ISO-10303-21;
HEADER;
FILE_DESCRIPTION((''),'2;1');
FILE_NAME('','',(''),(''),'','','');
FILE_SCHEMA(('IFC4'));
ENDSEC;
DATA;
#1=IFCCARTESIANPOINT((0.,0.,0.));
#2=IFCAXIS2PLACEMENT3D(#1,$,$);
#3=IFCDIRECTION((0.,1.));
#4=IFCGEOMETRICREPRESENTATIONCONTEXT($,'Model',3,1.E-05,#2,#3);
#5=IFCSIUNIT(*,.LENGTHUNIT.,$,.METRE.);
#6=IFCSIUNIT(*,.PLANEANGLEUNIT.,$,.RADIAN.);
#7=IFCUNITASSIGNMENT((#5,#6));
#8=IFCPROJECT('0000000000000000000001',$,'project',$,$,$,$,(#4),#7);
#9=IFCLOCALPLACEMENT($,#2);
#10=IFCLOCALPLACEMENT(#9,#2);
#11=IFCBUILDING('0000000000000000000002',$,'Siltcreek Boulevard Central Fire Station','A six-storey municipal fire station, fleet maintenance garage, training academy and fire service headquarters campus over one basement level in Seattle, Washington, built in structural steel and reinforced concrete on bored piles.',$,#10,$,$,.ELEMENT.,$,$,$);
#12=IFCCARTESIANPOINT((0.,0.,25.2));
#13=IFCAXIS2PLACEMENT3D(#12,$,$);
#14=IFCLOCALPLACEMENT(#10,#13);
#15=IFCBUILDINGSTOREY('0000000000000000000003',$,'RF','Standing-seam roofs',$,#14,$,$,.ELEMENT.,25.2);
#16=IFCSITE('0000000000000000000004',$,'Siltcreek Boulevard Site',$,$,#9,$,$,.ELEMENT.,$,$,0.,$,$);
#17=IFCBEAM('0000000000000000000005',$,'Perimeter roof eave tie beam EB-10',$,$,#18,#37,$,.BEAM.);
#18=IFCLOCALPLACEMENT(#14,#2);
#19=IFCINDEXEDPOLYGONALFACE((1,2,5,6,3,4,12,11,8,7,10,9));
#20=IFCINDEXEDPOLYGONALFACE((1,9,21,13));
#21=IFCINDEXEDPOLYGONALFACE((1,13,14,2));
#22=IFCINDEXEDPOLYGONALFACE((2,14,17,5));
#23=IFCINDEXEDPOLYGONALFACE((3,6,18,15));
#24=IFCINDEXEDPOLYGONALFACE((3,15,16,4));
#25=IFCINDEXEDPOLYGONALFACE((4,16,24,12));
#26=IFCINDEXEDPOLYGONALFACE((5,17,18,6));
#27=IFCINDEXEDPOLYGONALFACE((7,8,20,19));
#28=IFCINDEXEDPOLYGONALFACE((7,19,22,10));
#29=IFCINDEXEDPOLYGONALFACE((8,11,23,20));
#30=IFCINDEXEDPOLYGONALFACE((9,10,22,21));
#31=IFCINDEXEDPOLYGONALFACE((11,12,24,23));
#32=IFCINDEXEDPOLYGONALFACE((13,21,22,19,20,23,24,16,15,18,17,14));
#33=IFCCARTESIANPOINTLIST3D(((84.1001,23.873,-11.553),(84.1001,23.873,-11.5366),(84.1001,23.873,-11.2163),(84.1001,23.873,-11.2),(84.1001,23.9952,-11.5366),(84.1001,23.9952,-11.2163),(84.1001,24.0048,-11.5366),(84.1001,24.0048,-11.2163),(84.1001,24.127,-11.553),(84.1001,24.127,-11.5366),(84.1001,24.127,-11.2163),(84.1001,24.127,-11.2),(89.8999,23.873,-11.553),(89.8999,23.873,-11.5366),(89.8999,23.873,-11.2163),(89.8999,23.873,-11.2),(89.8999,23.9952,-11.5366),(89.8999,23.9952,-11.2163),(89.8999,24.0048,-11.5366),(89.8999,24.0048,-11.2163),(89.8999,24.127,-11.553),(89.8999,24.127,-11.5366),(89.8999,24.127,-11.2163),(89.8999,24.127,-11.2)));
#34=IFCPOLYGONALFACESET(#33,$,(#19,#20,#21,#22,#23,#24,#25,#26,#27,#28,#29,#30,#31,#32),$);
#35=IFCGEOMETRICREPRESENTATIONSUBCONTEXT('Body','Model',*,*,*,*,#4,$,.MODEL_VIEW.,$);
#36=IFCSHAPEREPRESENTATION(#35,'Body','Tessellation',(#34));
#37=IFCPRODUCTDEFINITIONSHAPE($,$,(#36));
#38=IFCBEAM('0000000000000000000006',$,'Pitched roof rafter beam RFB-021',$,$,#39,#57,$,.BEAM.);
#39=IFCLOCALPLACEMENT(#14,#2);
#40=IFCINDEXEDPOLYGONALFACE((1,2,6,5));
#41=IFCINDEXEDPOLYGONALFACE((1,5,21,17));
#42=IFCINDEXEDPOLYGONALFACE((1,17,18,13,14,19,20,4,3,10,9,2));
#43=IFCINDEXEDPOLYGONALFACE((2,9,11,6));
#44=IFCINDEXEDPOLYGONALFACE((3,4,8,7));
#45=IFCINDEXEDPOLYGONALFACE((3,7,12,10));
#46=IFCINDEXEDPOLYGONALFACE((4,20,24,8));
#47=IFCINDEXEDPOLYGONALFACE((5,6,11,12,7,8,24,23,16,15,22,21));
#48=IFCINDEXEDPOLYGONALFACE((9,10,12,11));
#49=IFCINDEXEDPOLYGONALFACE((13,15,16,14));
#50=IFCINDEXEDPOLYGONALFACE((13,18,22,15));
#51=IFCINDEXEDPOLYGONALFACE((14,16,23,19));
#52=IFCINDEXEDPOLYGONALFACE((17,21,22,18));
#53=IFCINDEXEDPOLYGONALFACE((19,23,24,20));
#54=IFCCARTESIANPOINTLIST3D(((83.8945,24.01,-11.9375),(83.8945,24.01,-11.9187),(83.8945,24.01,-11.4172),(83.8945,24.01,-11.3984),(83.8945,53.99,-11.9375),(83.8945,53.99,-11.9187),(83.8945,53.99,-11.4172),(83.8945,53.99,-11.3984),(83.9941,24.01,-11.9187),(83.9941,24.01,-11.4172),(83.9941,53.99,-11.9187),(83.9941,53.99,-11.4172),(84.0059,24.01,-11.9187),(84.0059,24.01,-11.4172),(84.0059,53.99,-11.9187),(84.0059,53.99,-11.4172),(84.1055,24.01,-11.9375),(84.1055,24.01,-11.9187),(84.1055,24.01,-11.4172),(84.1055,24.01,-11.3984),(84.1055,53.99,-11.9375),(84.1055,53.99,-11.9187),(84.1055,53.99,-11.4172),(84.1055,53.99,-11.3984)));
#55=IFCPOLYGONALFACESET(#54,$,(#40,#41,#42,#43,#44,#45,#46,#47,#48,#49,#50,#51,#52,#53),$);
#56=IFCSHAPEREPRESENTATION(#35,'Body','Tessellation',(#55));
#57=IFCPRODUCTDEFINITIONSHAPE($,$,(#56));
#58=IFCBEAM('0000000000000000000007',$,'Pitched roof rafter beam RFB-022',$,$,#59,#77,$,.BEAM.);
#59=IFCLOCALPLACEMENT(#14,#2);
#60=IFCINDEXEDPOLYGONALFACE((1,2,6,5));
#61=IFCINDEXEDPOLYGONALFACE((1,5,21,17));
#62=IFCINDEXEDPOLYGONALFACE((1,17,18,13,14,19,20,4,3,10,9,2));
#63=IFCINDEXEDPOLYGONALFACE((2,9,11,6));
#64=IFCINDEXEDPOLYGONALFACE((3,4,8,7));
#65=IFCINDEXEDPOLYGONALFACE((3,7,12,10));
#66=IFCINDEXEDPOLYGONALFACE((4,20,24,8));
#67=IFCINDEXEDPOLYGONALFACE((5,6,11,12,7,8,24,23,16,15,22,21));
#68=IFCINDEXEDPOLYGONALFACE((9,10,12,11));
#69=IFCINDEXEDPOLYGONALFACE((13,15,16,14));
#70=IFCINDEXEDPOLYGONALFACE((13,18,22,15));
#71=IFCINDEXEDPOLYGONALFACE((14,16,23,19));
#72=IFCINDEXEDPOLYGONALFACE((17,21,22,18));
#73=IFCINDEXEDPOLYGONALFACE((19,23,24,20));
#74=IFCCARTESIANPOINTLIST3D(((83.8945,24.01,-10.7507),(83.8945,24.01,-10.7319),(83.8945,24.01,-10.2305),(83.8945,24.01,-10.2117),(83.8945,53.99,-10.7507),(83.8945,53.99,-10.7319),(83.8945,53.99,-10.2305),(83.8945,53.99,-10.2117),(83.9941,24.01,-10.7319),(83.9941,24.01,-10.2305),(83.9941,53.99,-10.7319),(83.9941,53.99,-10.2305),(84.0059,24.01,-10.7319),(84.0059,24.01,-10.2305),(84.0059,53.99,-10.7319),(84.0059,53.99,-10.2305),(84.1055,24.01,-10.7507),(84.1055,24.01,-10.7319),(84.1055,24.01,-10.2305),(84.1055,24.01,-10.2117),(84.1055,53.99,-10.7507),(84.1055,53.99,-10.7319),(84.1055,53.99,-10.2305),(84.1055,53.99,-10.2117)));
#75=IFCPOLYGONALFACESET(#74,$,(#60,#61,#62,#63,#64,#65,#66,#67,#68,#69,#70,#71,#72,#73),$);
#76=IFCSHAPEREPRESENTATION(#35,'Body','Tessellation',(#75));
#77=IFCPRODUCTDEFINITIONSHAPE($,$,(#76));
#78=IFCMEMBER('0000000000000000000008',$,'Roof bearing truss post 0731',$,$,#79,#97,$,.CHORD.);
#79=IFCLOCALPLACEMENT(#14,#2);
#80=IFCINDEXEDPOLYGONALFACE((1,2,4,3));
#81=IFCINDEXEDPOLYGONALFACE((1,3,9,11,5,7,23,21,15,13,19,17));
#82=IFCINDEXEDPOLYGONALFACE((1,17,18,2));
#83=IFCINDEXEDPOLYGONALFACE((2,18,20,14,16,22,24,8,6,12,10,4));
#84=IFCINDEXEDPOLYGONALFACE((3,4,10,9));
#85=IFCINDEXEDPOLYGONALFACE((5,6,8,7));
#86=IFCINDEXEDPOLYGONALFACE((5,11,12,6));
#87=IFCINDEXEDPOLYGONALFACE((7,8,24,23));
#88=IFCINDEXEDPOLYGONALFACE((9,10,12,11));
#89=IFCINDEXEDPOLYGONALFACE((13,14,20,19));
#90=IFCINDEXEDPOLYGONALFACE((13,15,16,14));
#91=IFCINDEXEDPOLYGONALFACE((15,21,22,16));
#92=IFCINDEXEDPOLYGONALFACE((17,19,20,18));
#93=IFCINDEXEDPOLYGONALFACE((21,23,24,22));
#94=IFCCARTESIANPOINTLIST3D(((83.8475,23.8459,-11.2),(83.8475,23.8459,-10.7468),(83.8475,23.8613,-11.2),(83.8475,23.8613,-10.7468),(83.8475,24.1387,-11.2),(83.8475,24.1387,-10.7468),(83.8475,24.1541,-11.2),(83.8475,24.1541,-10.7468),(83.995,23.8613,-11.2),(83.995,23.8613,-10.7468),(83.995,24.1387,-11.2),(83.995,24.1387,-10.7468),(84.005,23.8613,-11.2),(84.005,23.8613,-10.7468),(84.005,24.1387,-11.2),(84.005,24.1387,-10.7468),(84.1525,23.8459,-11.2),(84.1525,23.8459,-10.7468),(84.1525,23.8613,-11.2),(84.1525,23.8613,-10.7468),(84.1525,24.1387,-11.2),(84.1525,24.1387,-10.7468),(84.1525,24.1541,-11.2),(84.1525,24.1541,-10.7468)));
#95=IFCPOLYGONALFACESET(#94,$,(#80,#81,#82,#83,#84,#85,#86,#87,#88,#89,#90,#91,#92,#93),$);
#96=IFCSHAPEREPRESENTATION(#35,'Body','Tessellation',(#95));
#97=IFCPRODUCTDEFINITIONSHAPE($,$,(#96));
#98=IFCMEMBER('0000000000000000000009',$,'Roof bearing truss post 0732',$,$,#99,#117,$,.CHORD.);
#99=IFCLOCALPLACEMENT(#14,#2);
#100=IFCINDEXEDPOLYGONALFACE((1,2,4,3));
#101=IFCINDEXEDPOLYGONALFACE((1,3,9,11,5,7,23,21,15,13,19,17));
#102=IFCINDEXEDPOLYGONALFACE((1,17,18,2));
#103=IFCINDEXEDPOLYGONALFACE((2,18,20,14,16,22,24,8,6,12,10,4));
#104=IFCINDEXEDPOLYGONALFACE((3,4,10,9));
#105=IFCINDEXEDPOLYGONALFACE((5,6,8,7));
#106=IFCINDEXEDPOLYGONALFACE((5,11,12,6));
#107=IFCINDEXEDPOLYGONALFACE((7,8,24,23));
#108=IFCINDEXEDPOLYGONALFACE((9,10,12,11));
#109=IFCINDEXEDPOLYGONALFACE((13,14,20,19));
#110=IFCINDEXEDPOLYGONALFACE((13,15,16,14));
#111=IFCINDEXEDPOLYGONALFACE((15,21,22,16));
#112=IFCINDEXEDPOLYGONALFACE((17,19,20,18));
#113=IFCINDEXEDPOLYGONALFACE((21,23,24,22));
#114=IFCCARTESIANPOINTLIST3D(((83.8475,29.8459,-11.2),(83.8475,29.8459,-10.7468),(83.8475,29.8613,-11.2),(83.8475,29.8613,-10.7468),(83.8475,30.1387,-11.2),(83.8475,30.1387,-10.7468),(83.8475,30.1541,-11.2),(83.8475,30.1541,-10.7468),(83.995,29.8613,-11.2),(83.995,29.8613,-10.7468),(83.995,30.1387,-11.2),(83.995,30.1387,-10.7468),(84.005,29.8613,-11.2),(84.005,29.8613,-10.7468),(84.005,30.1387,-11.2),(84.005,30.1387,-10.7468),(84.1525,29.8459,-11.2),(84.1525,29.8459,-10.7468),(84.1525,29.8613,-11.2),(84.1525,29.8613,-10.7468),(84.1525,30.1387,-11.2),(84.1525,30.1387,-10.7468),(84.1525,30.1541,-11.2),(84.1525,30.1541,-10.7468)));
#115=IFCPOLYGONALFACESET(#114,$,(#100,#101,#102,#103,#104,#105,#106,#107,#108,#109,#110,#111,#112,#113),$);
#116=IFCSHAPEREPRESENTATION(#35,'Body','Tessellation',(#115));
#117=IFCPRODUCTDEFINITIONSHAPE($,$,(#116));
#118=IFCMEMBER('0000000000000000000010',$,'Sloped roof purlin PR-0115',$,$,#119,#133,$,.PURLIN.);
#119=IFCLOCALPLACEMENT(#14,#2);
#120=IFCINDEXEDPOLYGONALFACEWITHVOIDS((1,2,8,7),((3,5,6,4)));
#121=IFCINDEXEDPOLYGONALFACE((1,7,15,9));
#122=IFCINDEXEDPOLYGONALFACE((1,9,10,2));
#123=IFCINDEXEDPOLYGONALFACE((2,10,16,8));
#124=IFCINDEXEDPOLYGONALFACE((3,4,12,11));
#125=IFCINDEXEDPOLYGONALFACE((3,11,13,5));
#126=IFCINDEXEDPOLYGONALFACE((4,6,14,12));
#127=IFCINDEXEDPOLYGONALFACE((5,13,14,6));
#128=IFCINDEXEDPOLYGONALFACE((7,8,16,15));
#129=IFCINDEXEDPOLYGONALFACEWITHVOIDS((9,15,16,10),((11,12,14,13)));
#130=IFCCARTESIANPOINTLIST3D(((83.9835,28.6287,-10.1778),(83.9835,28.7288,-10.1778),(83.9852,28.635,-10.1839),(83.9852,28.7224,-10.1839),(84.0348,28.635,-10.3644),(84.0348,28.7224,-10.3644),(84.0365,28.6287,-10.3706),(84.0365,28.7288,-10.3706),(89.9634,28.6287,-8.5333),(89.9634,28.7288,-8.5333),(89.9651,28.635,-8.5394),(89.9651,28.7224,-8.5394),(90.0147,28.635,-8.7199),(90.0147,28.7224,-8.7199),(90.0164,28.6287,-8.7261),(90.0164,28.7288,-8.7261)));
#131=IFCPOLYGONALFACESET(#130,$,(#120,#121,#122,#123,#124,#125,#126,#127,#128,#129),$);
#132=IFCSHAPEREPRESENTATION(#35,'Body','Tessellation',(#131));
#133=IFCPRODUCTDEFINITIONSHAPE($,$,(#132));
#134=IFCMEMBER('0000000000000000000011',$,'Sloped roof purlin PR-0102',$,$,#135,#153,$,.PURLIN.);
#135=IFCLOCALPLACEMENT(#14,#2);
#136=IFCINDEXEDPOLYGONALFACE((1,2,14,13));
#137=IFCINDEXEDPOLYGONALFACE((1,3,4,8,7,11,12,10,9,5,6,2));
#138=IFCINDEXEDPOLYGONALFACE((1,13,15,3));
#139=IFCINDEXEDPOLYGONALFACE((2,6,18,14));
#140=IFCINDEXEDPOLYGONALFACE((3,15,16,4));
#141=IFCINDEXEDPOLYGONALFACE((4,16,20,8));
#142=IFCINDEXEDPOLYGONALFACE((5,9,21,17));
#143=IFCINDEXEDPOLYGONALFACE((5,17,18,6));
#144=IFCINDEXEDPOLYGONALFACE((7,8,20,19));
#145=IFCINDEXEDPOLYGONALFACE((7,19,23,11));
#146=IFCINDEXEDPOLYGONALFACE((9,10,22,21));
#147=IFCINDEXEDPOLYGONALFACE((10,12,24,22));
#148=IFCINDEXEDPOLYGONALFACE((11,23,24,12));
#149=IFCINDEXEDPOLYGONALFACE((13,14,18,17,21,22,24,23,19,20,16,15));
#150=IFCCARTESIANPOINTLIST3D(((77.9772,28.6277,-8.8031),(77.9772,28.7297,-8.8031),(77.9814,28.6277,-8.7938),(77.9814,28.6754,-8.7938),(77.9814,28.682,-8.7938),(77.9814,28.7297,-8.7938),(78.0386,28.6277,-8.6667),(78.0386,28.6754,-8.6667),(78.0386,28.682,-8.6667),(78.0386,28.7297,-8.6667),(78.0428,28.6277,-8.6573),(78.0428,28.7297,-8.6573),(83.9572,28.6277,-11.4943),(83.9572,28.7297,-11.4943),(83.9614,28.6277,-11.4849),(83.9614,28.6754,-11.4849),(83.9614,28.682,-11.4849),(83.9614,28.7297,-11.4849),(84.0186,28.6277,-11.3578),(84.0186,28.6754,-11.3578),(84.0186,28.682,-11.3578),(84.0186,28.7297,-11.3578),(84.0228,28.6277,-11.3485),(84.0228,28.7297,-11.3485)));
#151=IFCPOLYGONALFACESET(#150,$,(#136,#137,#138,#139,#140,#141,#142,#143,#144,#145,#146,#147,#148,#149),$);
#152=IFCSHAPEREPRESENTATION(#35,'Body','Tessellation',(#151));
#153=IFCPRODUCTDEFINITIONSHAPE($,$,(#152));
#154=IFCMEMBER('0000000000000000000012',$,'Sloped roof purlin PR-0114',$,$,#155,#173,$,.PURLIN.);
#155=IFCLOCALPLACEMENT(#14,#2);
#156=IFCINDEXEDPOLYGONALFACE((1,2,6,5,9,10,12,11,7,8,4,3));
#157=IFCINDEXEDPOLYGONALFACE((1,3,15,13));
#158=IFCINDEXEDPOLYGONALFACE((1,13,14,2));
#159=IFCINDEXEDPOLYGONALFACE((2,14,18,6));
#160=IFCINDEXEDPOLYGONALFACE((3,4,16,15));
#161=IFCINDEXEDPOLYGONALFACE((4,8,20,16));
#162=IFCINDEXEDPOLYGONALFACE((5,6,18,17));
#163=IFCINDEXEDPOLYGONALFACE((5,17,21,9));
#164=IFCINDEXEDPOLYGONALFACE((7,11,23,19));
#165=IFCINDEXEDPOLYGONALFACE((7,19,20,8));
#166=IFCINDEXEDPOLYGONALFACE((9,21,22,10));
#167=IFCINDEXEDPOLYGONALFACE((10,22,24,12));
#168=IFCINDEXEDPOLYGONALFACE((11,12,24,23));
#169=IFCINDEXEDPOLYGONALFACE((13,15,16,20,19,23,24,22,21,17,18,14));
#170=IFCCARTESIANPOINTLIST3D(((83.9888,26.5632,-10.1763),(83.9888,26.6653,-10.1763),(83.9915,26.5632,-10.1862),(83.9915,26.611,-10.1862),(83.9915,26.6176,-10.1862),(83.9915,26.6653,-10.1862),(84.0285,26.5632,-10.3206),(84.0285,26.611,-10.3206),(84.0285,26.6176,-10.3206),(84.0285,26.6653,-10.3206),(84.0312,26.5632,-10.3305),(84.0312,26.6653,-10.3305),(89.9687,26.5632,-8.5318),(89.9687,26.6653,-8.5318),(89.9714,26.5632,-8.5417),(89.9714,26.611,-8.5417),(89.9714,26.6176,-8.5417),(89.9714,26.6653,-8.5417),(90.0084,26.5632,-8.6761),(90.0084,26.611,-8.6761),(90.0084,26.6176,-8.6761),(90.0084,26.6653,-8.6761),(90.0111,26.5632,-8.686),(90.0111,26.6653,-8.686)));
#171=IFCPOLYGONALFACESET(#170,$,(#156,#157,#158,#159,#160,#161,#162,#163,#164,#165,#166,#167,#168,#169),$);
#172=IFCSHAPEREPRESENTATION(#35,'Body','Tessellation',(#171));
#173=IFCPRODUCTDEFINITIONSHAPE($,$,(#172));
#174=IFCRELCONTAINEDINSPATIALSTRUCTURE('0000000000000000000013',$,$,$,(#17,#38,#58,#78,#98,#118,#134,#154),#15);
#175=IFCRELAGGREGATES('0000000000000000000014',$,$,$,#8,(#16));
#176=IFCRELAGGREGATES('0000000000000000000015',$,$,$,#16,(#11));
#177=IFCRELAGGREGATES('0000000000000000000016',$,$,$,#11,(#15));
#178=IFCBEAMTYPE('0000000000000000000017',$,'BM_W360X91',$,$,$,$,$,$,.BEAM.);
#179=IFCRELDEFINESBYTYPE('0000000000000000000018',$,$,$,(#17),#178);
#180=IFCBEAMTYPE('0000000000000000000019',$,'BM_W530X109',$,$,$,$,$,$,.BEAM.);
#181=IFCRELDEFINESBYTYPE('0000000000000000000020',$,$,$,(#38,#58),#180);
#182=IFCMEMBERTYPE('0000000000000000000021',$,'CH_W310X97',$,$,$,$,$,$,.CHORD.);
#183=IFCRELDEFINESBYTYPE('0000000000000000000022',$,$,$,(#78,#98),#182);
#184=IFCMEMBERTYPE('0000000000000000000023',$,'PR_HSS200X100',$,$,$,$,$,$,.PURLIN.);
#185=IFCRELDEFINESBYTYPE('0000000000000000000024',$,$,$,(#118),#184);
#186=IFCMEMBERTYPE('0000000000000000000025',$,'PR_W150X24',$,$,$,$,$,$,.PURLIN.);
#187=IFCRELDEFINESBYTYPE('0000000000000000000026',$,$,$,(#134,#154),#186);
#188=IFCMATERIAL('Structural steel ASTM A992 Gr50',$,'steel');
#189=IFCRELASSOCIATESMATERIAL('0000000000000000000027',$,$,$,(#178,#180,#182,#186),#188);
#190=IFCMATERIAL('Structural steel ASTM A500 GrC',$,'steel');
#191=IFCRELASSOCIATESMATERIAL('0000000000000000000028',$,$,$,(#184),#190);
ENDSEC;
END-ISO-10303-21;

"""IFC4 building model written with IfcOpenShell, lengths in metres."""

from ifc_helpers import new_model, si_unit, direction, frame, origin, origin_2d, place, context, subcontext, project, spatial, hollow_rectangle, i_section, extrude, material, material_profile, profile_set, type_object, element, save


model = new_model("IFC4")

# Units and contexts
model_context = context("Model", 3, precision=1e-05, world=origin(), true_north=direction((0.0, 1.0)))
body_context = subcontext(model_context, "Body", "Model", "MODEL_VIEW")
ifc_project = project(units=[si_unit("LENGTHUNIT", "METRE"), si_unit("PLANEANGLEUNIT", "RADIAN")], contexts=[model_context])

# Site, building, storey
site_placement = place(None, origin())
site = spatial("IfcSite", under=ifc_project, at=site_placement, Name="Siltcreek Boulevard Site", CompositionType="ELEMENT", RefElevation=0.0)
building_placement = place(site_placement, origin())
building = spatial("IfcBuilding", under=site, at=building_placement, Name="Siltcreek Boulevard Central Fire Station", Description="A six-storey municipal fire station, fleet maintenance garage, training academy and fire service headquarters campus over one basement level in Seattle, Washington, built in structural steel and reinforced concrete on bored piles.", CompositionType="ELEMENT")
storey_placement = place(building_placement, frame((0.0, 0.0, 25.2)))
storey = spatial("IfcBuildingStorey", under=building, at=storey_placement, Name="RF", Description="Standing-seam roofs", CompositionType="ELEMENT", Elevation=25.2)

# Beams
ifc_material_1 = material(Name="Structural steel ASTM A992 Gr50", Category="steel")
ifc_material_profile_1 = material_profile(ifc_material_1, i_section(OverallWidth=0.2539, OverallDepth=0.353, WebThickness=0.0095, FlangeThickness=0.0164, at=origin_2d()), Name="W360X91")
ifc_profile_set_1 = profile_set([ifc_material_profile_1], Name="Structural steel ASTM A992 Gr50")
beam_type_1 = type_object("IfcBeamType", Name="BM_W360X91", PredefinedType="BEAM", material=ifc_profile_set_1)
beam_placement = place(storey_placement, frame((84.1001, 24.0, -11.3765), z_axis=(1.0, 0.0, 0.0), x_axis=(0.0, 1.0, 0.0)))
element("IfcBeam", 1, at=beam_placement, inside=storey, type_object=beam_type_1, Name="Perimeter roof eave tie beam EB-10", PredefinedType="BEAM", context=body_context, shape_type="SweptSolid", body=[
    extrude(i_section(OverallWidth=0.2539, OverallDepth=0.353, WebThickness=0.0095, FlangeThickness=0.0164, at=origin_2d()), origin(), (0.0, 0.0, 1.0), 5.7998),
])
ifc_material_profile_2 = material_profile(ifc_material_1, i_section(OverallWidth=0.2109, OverallDepth=0.5391, WebThickness=0.0117, FlangeThickness=0.0188, at=origin_2d()), Name="W530X109")
ifc_profile_set_2 = profile_set([ifc_material_profile_2], Name="Structural steel ASTM A992 Gr50")
beam_type_2 = type_object("IfcBeamType", Name="BM_W530X109", PredefinedType="BEAM", material=ifc_profile_set_2)
for number, where, z_axis, x_axis, name in (
    (2, (84.0, 24.01, -11.668), (0.0, 1.0, 0.0), (-1.0, 0.0, 0.0), "Pitched roof rafter beam RFB-021"),
    (3, (84.0, 24.01, -10.4812), (0.0, 1.0, 0.0), (-1.0, 0.0, 0.0), "Pitched roof rafter beam RFB-022"),
):
    element("IfcBeam", number, at=place(storey_placement, frame(where, z_axis=z_axis, x_axis=x_axis)), inside=storey, type_object=beam_type_2, Name=name, PredefinedType="BEAM", context=body_context, shape_type="SweptSolid", body=[
        extrude(i_section(OverallWidth=0.2109, OverallDepth=0.5391, WebThickness=0.0117, FlangeThickness=0.0188, at=origin_2d()), origin(), (0.0, 0.0, 1.0), 29.98),
    ])

# Members
ifc_material_profile_3 = material_profile(ifc_material_1, i_section(OverallWidth=0.3049, OverallDepth=0.3081, WebThickness=0.01, FlangeThickness=0.0154, at=origin_2d()), Name="W310X97")
ifc_profile_set_3 = profile_set([ifc_material_profile_3], Name="Structural steel ASTM A992 Gr50")
member_type_1 = type_object("IfcMemberType", Name="CH_W310X97", PredefinedType="CHORD", material=ifc_profile_set_3)
for number, where, z_axis, x_axis, name in (
    (4, (84.0, 24.0, -11.2), (0.0, 0.0, 1.0), (1.0, 0.0, 0.0), "Roof bearing truss post 0731"),
    (5, (84.0, 30.0, -11.2), (0.0, 0.0, 1.0), (1.0, 0.0, 0.0), "Roof bearing truss post 0732"),
):
    element("IfcMember", number, at=place(storey_placement, frame(where, z_axis=z_axis, x_axis=x_axis)), inside=storey, type_object=member_type_1, Name=name, PredefinedType="CHORD", context=body_context, shape_type="SweptSolid", body=[
        extrude(i_section(OverallWidth=0.3049, OverallDepth=0.3081, WebThickness=0.01, FlangeThickness=0.0154, at=origin_2d()), origin(), (0.0, 0.0, 1.0), 0.4531),
    ])
ifc_material_2 = material(Name="Structural steel ASTM A500 GrC", Category="steel")
ifc_material_profile_4 = material_profile(ifc_material_2, hollow_rectangle(XDim=0.1001, YDim=0.2, WallThickness=0.0063, at=origin_2d()), Name="HSS200X100X6.4")
ifc_profile_set_4 = profile_set([ifc_material_profile_4], Name="Structural steel ASTM A500 GrC")
member_type_2 = type_object("IfcMemberType", Name="PR_HSS200X100", PredefinedType="PURLIN", material=ifc_profile_set_4)
member_1_placement = place(storey_placement, frame((84.01, 28.6787, -10.2742), z_axis=(0.964204, 0.0, 0.265162), x_axis=(0.0, 1.0, 0.0)))
element("IfcMember", 6, at=member_1_placement, inside=storey, type_object=member_type_2, Name="Sloped roof purlin PR-0115", PredefinedType="PURLIN", context=body_context, shape_type="SweptSolid", body=[
    extrude(hollow_rectangle(XDim=0.1001, YDim=0.2, WallThickness=0.0063, at=origin_2d()), origin(), (0.0, 0.0, 1.0), 6.2019),
])
ifc_material_profile_5 = material_profile(ifc_material_1, i_section(OverallWidth=0.1021, OverallDepth=0.1599, WebThickness=0.0066, FlangeThickness=0.0103, at=origin_2d()), Name="W150X24")
ifc_profile_set_5 = profile_set([ifc_material_profile_5], Name="Structural steel ASTM A992 Gr50")
member_type_3 = type_object("IfcMemberType", Name="PR_W150X24", PredefinedType="PURLIN", material=ifc_profile_set_5)
member_2_placement = place(storey_placement, frame((78.01, 28.6787, -8.7302), z_axis=(0.911912, 0.0, -0.410386), x_axis=(0.0, 1.0, 0.0)))
element("IfcMember", 7, at=member_2_placement, inside=storey, type_object=member_type_3, Name="Sloped roof purlin PR-0102", PredefinedType="PURLIN", context=body_context, shape_type="SweptSolid", body=[
    extrude(i_section(OverallWidth=0.1021, OverallDepth=0.1599, WebThickness=0.0066, FlangeThickness=0.0103, at=origin_2d()), origin(), (0.0, 0.0, 1.0), 6.5576),
])
member_3_placement = place(storey_placement, frame((84.01, 26.6143, -10.2534), z_axis=(0.964204, 0.0, 0.265162), x_axis=(0.0, 1.0, 0.0)))
element("IfcMember", 8, at=member_3_placement, inside=storey, type_object=member_type_3, Name="Sloped roof purlin PR-0114", PredefinedType="PURLIN", context=body_context, shape_type="SweptSolid", body=[
    extrude(i_section(OverallWidth=0.1021, OverallDepth=0.1599, WebThickness=0.0066, FlangeThickness=0.0103, at=origin_2d()), origin(), (0.0, 0.0, 1.0), 6.2019),
])

save(model, "model.ifc")
